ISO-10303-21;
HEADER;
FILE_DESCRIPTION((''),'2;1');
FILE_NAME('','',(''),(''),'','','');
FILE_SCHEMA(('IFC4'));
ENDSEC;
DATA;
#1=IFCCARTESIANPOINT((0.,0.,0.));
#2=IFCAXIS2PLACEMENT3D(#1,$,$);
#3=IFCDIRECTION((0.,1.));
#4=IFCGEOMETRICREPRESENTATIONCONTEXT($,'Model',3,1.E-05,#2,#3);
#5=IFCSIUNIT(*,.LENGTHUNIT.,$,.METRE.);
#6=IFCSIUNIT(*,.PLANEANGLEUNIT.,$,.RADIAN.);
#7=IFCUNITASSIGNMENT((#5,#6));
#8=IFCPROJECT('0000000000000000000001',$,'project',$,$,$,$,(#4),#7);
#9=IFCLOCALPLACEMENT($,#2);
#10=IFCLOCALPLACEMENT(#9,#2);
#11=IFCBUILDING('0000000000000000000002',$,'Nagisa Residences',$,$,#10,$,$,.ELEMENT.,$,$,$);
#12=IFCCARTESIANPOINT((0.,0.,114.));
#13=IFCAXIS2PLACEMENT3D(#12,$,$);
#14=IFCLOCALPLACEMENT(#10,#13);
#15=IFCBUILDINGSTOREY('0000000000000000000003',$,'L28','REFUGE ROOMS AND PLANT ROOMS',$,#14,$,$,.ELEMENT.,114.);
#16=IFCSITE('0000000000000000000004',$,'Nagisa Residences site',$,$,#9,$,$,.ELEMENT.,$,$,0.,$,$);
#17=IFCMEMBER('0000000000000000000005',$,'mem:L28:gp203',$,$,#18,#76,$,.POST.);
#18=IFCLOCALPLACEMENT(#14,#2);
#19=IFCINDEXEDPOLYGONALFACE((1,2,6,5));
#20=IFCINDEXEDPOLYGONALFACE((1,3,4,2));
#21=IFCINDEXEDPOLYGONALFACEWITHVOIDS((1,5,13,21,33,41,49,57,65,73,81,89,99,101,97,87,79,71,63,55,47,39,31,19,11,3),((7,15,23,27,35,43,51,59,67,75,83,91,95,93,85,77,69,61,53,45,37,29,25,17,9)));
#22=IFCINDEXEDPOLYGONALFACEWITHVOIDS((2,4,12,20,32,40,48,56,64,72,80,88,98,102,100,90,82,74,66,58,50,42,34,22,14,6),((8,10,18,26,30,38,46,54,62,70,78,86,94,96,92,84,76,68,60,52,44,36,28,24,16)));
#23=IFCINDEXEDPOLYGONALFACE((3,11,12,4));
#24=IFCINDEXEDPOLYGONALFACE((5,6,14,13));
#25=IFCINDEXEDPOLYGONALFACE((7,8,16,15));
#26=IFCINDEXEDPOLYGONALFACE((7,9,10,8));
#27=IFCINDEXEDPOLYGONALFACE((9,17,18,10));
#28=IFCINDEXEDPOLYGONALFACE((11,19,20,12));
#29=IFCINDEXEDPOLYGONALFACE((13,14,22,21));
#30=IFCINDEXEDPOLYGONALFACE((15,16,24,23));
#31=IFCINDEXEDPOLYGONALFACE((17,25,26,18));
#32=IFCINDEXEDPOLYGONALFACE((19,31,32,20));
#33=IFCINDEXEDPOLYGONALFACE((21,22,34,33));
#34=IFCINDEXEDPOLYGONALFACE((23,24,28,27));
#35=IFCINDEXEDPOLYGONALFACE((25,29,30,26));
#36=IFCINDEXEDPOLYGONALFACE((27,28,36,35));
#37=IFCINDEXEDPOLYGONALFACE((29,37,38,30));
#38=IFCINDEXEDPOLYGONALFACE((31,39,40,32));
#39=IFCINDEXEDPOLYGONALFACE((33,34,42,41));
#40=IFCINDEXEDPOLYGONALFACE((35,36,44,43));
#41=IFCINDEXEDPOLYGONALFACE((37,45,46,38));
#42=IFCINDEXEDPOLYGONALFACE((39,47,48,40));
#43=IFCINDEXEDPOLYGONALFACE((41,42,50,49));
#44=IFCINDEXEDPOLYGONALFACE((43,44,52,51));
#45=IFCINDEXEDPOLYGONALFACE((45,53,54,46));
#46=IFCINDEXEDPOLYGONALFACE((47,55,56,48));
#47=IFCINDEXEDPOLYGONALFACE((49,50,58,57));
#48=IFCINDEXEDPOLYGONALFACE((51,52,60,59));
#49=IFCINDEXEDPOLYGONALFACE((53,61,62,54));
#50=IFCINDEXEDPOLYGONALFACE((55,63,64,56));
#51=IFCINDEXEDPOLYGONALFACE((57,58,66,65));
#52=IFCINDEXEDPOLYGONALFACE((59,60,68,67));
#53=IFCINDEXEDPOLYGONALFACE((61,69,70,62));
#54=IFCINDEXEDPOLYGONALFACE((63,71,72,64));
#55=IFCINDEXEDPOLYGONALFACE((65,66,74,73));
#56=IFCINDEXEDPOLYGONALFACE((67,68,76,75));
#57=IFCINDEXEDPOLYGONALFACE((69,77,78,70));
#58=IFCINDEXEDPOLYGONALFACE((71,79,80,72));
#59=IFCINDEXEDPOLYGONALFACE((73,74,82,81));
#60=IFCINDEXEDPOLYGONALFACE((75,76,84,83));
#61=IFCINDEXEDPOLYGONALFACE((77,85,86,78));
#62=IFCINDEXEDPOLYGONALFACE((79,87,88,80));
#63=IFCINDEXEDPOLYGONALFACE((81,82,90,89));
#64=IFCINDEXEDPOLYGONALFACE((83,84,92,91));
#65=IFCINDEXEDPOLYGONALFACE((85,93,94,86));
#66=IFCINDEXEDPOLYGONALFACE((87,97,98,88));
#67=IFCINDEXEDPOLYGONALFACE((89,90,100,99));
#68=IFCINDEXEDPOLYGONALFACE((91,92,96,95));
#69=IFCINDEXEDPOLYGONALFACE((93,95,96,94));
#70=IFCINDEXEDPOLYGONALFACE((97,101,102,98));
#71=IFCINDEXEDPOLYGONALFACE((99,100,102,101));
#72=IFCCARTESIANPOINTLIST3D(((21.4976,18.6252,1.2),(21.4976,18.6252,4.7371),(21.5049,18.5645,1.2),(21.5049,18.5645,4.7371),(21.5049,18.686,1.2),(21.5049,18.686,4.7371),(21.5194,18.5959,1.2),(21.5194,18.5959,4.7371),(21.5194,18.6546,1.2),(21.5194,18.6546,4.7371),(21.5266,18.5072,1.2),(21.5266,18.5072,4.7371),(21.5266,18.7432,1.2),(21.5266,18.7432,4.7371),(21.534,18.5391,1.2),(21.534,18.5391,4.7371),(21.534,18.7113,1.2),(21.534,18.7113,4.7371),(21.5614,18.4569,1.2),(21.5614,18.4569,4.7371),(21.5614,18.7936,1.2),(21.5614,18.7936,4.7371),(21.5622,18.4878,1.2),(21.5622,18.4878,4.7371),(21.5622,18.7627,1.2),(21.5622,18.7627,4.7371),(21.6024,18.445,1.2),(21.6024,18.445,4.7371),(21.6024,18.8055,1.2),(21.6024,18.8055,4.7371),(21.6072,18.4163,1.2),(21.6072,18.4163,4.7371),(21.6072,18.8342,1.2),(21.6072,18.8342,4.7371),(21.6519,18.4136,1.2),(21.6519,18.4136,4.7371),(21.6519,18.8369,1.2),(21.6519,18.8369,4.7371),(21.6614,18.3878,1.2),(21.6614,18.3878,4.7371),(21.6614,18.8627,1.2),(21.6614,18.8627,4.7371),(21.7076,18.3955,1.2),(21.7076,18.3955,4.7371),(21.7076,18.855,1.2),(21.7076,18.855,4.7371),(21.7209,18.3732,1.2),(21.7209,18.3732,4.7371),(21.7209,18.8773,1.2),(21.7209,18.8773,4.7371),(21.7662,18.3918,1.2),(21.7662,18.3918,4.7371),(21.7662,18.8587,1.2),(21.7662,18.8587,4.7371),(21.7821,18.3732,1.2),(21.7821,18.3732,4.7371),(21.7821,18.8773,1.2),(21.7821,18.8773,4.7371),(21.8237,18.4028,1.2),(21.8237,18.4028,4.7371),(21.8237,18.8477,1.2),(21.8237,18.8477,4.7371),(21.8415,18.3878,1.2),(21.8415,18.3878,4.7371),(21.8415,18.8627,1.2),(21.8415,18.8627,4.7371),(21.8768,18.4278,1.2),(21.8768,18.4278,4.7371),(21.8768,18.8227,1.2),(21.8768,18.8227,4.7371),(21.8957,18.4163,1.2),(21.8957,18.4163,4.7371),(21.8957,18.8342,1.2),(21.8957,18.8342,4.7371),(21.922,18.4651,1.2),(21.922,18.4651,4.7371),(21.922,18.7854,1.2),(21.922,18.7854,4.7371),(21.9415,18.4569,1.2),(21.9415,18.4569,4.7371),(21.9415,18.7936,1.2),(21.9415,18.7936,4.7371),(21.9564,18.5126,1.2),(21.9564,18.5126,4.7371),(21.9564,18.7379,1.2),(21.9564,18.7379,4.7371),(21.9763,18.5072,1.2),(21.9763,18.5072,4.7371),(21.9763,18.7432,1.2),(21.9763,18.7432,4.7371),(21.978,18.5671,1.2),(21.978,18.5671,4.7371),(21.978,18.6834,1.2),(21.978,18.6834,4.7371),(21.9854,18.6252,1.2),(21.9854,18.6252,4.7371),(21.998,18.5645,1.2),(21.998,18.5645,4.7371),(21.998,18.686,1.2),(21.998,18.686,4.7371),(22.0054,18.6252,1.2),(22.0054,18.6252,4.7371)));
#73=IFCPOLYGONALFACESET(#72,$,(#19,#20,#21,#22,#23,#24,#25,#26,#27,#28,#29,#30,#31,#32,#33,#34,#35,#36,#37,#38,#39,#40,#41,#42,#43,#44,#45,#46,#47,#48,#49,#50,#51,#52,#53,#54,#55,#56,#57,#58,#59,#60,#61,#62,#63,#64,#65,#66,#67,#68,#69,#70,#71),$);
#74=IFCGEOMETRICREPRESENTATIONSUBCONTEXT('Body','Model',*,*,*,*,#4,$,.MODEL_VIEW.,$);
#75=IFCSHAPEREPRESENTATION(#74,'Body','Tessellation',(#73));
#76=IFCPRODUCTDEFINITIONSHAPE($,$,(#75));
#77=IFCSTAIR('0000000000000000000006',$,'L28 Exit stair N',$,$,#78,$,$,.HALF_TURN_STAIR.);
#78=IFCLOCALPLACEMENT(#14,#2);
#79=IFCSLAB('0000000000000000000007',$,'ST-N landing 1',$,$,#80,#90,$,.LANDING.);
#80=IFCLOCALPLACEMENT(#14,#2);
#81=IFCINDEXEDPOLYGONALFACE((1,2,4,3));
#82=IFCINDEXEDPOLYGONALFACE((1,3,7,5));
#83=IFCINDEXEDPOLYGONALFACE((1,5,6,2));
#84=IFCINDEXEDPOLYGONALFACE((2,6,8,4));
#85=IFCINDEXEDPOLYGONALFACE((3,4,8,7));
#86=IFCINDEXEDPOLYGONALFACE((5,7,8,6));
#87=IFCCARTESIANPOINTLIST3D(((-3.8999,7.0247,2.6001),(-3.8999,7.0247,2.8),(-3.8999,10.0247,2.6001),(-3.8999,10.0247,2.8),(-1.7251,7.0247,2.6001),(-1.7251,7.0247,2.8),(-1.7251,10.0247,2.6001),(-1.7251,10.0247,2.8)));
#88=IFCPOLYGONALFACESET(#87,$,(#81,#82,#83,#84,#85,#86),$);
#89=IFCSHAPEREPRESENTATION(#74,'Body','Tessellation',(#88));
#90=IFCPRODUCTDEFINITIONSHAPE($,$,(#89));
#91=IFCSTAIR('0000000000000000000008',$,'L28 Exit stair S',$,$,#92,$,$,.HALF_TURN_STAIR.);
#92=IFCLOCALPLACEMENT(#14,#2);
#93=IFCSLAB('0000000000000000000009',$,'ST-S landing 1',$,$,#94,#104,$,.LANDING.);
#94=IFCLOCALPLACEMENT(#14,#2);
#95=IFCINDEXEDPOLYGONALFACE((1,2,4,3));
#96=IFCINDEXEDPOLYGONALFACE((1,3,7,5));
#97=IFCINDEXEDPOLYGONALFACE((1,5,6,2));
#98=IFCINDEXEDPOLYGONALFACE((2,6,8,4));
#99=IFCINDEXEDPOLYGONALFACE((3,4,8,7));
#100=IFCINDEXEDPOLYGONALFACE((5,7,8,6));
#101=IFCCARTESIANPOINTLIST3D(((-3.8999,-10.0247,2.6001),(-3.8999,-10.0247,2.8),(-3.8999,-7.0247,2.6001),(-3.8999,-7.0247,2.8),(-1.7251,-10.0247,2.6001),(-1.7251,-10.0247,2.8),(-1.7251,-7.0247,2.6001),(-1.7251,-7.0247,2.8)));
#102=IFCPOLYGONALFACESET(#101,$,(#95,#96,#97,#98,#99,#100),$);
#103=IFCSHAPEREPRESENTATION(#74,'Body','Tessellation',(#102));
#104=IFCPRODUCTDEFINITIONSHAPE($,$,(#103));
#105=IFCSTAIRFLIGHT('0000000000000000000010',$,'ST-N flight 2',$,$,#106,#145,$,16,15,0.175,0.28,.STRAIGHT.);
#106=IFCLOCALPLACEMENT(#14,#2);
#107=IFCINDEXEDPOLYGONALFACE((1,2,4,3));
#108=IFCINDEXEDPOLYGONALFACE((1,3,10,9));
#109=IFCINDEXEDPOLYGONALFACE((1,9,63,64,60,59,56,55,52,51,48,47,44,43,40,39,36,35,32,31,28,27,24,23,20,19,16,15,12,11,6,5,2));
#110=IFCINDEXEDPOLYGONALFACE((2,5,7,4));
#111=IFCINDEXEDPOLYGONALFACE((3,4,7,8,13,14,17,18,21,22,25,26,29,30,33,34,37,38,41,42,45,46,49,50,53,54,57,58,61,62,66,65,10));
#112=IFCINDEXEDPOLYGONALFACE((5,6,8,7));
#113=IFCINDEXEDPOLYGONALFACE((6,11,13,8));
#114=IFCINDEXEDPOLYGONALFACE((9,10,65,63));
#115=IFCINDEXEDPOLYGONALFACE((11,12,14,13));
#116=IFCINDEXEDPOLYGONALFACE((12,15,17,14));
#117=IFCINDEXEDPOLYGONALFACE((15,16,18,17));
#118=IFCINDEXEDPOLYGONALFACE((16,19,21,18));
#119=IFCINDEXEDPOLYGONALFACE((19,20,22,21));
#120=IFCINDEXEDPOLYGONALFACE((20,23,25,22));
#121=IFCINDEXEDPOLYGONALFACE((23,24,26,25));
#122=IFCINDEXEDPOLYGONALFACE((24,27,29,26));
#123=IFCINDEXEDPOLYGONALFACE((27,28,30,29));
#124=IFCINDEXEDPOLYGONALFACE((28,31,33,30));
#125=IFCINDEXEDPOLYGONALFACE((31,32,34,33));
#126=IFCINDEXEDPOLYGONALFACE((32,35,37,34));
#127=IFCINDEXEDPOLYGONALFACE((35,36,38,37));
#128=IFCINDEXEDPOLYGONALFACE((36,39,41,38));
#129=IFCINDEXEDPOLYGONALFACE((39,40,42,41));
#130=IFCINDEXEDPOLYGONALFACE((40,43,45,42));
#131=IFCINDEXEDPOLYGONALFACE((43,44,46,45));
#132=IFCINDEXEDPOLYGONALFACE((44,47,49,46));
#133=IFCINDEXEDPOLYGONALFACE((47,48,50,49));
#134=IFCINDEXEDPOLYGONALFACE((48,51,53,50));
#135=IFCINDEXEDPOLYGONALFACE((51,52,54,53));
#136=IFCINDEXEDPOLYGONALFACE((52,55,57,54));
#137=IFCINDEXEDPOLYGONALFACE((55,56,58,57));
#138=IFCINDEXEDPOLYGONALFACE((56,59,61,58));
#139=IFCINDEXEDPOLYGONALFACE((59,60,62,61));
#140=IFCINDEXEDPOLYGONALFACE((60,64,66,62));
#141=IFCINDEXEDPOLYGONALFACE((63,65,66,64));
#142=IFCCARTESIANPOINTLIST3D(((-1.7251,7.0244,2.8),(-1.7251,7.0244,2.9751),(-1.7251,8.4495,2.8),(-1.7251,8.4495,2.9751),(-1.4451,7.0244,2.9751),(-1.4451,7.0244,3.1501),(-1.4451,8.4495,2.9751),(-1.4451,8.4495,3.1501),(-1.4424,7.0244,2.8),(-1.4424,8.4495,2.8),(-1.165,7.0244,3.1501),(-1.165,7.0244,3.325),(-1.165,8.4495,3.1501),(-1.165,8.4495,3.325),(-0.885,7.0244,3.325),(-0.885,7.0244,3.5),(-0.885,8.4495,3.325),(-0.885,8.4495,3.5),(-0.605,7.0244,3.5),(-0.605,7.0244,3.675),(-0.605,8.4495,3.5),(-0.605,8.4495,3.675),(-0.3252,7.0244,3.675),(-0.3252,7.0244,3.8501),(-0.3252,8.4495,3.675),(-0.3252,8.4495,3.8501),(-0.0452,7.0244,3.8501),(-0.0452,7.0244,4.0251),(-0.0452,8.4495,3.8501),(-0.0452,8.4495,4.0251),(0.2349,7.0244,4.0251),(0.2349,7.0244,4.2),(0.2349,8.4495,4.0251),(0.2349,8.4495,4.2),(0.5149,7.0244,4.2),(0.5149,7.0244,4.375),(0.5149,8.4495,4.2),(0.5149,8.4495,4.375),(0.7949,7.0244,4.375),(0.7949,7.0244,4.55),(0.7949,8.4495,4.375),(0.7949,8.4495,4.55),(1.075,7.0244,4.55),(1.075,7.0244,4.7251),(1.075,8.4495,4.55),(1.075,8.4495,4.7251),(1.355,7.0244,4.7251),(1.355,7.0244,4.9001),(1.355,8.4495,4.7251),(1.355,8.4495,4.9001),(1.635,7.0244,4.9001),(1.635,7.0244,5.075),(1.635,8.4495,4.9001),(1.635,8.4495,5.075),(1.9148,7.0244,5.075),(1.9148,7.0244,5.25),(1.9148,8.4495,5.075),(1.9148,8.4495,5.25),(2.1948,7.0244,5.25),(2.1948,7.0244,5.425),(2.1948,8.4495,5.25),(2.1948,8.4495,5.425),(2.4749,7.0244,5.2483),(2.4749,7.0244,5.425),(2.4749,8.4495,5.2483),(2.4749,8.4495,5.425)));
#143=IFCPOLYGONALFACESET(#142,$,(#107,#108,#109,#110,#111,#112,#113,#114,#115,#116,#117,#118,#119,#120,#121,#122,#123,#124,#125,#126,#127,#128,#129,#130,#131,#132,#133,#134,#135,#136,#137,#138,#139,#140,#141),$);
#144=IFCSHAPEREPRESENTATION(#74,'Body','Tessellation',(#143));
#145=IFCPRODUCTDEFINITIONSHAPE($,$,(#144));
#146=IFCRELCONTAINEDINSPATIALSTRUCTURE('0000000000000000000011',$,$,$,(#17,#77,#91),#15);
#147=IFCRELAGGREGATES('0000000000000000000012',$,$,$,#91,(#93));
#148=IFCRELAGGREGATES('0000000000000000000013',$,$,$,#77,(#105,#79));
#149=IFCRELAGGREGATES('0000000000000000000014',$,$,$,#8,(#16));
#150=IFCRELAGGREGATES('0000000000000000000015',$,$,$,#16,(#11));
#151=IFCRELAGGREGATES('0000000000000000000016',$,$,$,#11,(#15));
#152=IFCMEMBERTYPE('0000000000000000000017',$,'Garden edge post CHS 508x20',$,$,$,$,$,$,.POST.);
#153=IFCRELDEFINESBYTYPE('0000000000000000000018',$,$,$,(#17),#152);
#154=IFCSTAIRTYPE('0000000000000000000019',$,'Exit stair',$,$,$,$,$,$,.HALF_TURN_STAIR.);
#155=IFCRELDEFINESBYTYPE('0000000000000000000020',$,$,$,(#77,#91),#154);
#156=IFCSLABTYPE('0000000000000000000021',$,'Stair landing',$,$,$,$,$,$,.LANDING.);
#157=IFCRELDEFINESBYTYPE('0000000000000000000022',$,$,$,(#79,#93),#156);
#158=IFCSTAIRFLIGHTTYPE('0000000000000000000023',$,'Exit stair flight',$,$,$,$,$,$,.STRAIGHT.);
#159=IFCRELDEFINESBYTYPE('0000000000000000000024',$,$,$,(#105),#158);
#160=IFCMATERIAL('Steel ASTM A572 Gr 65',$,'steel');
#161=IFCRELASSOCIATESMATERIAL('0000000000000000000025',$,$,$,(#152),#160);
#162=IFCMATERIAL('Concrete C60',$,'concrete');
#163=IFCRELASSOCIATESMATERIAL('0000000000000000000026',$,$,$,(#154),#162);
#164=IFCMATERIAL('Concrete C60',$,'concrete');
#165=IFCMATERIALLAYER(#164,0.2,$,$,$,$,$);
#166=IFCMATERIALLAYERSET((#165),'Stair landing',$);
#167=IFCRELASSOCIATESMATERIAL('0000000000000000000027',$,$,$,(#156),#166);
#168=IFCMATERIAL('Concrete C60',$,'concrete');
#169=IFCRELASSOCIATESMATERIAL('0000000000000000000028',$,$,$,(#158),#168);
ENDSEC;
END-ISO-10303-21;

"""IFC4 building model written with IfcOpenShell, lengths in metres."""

from ifc_helpers import new_model, si_unit, direction, frame, origin, origin_2d, place, context, subcontext, project, spatial, polyline, hollow_circle, outline, extrude, material, layer, layer_set, material_profile, profile_set, type_object, element, aggregate, save


model = new_model("IFC4")

# Units and contexts
model_context = context("Model", 3, precision=1e-05, world=origin(), true_north=direction((0.0, 1.0)))
body_context = subcontext(model_context, "Body", "Model", "MODEL_VIEW")
ifc_project = project(units=[si_unit("LENGTHUNIT", "METRE"), si_unit("PLANEANGLEUNIT", "RADIAN")], contexts=[model_context])

# Site, building, storey
site_placement = place(None, origin())
site = spatial("IfcSite", under=ifc_project, at=site_placement, Name="Nagisa Residences site", CompositionType="ELEMENT", RefElevation=0.0)
building_placement = place(site_placement, origin())
building = spatial("IfcBuilding", under=site, at=building_placement, Name="Nagisa Residences", CompositionType="ELEMENT")
storey_placement = place(building_placement, frame((0.0, 0.0, 114.0)))
storey = spatial("IfcBuildingStorey", under=building, at=storey_placement, Name="L28", Description="REFUGE ROOMS AND PLANT ROOMS", CompositionType="ELEMENT", Elevation=114.0)

# Member
ifc_material_1 = material(Name="Steel ASTM A572 Gr 65", Category="steel")
ifc_material_profile_1 = material_profile(ifc_material_1, hollow_circle(Radius=0.2539, WallThickness=0.02, at=origin_2d()), Name="CHS 508x20")
ifc_profile_set_1 = profile_set([ifc_material_profile_1], Name="Steel ASTM A572 Gr 65")
member_type_1 = type_object("IfcMemberType", Name="Garden edge post CHS 508x20", PredefinedType="POST", material=ifc_profile_set_1)
for number, where, z_axis, x_axis, name in (
    (1, (21.7515, 18.6252, 1.2), (0.0, 0.0, 1.0), (1.0, 0.0, 0.0), "mem:L28:gp203"),
):
    element("IfcMember", number, at=place(storey_placement, frame(where, z_axis=z_axis, x_axis=x_axis)), inside=storey, type_object=member_type_1, Name=name, PredefinedType="POST", context=body_context, shape_type="SweptSolid", body=[
        extrude(hollow_circle(Radius=0.2539, WallThickness=0.02, at=origin_2d()), origin(), (0.0, 0.0, 1.0), 3.5371),
    ])

# Stairs, slabs
ifc_material_2 = material(Name="Concrete C60", Category="concrete")
stair_type = type_object("IfcStairType", Name="Exit stair", PredefinedType="HALF_TURN_STAIR", material=ifc_material_2)
stair_1_placement = place(storey_placement, origin())
stair_1 = element("IfcStair", 2, at=stair_1_placement, inside=storey, type_object=stair_type, Name="L28 Exit stair N", PredefinedType="HALF_TURN_STAIR")
ifc_material_3 = material(Name="Concrete C60", Category="concrete")
ifc_layer_1 = layer(ifc_material_3, 0.2)
ifc_layer_set_1 = layer_set([ifc_layer_1], Name="Stair landing")
slab_type = type_object("IfcSlabType", Name="Stair landing", PredefinedType="LANDING", material=ifc_layer_set_1)
slab_1_placement = place(storey_placement, frame((0.0, 0.0, 2.6001)))
slab_1 = element("IfcSlab", 3, at=slab_1_placement, type_object=slab_type, Name="ST-N landing 1", PredefinedType="LANDING", context=body_context, shape_type="SweptSolid", body=[
    extrude(outline(polyline([(-1.7251, 10.0247), (-3.8999, 10.0247), (-3.8999, 7.0247), (-1.7251, 7.0247), (-1.7251, 10.0247)])), origin(), (0.0, 0.0, 1.0), 0.2),
])
stair_2_placement = place(storey_placement, origin())
stair_2 = element("IfcStair", 4, at=stair_2_placement, inside=storey, type_object=stair_type, Name="L28 Exit stair S", PredefinedType="HALF_TURN_STAIR")
slab_2_placement = place(storey_placement, frame((0.0, 0.0, 2.6001)))
slab_2 = element("IfcSlab", 5, at=slab_2_placement, type_object=slab_type, Name="ST-S landing 1", PredefinedType="LANDING", context=body_context, shape_type="SweptSolid", body=[
    extrude(outline(polyline([(-1.7251, -7.0247), (-3.8999, -7.0247), (-3.8999, -10.0247), (-1.7251, -10.0247), (-1.7251, -7.0247)])), origin(), (0.0, 0.0, 1.0), 0.2),
])
aggregate(stair_2, [slab_2])

# Stair flight
ifc_material_4 = material(Name="Concrete C60", Category="concrete")
stair_flight_type = type_object("IfcStairFlightType", Name="Exit stair flight", PredefinedType="STRAIGHT", material=ifc_material_4)
stair_flight_placement = place(storey_placement, frame((-1.7251, 7.7371, 2.8), z_axis=(0.0, 0.0, 1.0), x_axis=(1.0, 0.0, 0.0)))
stair_flight = element("IfcStairFlight", 6, at=stair_flight_placement, type_object=stair_flight_type, Name="ST-N flight 2", NumberOfRisers=16, NumberOfTreads=15, PredefinedType="STRAIGHT", RiserHeight=0.175, TreadLength=0.28, context=body_context, shape_type="SweptSolid", body=[
    extrude(outline(polyline([(0.0, 0.0), (0.0, 0.175), (0.28, 0.175), (0.28, 0.3501), (0.5601, 0.3501), (0.5601, 0.5249), (0.8401, 0.5249), (0.8401, 0.7), (1.1201, 0.7), (1.1201, 0.875), (1.3999, 0.875), (1.3999, 1.05), (1.6799, 1.05), (1.6799, 1.2251), (1.96, 1.2251), (1.96, 1.3999), (2.24, 1.3999), (2.24, 1.575), (2.52, 1.575), (2.52, 1.75), (2.8, 1.75), (2.8, 1.925), (3.0801, 1.925), (3.0801, 2.1001), (3.3601, 2.1001), (3.3601, 2.2749), (3.6399, 2.2749), (3.6399, 2.45), (3.9199, 2.45), (3.9199, 2.625), (4.2, 2.625), (4.2, 2.8), (4.2, 2.4482), (0.2827, 0.0), (0.0, 0.0)])), frame((0.0, 0.7124, 0.0), z_axis=(0.0, -1.0, 0.0), x_axis=(1.0, 0.0, 0.0)), (0.0, 0.0, 1.0), 1.425),
])
aggregate(stair_1, [stair_flight, slab_1])

save(model, "model.ifc")
